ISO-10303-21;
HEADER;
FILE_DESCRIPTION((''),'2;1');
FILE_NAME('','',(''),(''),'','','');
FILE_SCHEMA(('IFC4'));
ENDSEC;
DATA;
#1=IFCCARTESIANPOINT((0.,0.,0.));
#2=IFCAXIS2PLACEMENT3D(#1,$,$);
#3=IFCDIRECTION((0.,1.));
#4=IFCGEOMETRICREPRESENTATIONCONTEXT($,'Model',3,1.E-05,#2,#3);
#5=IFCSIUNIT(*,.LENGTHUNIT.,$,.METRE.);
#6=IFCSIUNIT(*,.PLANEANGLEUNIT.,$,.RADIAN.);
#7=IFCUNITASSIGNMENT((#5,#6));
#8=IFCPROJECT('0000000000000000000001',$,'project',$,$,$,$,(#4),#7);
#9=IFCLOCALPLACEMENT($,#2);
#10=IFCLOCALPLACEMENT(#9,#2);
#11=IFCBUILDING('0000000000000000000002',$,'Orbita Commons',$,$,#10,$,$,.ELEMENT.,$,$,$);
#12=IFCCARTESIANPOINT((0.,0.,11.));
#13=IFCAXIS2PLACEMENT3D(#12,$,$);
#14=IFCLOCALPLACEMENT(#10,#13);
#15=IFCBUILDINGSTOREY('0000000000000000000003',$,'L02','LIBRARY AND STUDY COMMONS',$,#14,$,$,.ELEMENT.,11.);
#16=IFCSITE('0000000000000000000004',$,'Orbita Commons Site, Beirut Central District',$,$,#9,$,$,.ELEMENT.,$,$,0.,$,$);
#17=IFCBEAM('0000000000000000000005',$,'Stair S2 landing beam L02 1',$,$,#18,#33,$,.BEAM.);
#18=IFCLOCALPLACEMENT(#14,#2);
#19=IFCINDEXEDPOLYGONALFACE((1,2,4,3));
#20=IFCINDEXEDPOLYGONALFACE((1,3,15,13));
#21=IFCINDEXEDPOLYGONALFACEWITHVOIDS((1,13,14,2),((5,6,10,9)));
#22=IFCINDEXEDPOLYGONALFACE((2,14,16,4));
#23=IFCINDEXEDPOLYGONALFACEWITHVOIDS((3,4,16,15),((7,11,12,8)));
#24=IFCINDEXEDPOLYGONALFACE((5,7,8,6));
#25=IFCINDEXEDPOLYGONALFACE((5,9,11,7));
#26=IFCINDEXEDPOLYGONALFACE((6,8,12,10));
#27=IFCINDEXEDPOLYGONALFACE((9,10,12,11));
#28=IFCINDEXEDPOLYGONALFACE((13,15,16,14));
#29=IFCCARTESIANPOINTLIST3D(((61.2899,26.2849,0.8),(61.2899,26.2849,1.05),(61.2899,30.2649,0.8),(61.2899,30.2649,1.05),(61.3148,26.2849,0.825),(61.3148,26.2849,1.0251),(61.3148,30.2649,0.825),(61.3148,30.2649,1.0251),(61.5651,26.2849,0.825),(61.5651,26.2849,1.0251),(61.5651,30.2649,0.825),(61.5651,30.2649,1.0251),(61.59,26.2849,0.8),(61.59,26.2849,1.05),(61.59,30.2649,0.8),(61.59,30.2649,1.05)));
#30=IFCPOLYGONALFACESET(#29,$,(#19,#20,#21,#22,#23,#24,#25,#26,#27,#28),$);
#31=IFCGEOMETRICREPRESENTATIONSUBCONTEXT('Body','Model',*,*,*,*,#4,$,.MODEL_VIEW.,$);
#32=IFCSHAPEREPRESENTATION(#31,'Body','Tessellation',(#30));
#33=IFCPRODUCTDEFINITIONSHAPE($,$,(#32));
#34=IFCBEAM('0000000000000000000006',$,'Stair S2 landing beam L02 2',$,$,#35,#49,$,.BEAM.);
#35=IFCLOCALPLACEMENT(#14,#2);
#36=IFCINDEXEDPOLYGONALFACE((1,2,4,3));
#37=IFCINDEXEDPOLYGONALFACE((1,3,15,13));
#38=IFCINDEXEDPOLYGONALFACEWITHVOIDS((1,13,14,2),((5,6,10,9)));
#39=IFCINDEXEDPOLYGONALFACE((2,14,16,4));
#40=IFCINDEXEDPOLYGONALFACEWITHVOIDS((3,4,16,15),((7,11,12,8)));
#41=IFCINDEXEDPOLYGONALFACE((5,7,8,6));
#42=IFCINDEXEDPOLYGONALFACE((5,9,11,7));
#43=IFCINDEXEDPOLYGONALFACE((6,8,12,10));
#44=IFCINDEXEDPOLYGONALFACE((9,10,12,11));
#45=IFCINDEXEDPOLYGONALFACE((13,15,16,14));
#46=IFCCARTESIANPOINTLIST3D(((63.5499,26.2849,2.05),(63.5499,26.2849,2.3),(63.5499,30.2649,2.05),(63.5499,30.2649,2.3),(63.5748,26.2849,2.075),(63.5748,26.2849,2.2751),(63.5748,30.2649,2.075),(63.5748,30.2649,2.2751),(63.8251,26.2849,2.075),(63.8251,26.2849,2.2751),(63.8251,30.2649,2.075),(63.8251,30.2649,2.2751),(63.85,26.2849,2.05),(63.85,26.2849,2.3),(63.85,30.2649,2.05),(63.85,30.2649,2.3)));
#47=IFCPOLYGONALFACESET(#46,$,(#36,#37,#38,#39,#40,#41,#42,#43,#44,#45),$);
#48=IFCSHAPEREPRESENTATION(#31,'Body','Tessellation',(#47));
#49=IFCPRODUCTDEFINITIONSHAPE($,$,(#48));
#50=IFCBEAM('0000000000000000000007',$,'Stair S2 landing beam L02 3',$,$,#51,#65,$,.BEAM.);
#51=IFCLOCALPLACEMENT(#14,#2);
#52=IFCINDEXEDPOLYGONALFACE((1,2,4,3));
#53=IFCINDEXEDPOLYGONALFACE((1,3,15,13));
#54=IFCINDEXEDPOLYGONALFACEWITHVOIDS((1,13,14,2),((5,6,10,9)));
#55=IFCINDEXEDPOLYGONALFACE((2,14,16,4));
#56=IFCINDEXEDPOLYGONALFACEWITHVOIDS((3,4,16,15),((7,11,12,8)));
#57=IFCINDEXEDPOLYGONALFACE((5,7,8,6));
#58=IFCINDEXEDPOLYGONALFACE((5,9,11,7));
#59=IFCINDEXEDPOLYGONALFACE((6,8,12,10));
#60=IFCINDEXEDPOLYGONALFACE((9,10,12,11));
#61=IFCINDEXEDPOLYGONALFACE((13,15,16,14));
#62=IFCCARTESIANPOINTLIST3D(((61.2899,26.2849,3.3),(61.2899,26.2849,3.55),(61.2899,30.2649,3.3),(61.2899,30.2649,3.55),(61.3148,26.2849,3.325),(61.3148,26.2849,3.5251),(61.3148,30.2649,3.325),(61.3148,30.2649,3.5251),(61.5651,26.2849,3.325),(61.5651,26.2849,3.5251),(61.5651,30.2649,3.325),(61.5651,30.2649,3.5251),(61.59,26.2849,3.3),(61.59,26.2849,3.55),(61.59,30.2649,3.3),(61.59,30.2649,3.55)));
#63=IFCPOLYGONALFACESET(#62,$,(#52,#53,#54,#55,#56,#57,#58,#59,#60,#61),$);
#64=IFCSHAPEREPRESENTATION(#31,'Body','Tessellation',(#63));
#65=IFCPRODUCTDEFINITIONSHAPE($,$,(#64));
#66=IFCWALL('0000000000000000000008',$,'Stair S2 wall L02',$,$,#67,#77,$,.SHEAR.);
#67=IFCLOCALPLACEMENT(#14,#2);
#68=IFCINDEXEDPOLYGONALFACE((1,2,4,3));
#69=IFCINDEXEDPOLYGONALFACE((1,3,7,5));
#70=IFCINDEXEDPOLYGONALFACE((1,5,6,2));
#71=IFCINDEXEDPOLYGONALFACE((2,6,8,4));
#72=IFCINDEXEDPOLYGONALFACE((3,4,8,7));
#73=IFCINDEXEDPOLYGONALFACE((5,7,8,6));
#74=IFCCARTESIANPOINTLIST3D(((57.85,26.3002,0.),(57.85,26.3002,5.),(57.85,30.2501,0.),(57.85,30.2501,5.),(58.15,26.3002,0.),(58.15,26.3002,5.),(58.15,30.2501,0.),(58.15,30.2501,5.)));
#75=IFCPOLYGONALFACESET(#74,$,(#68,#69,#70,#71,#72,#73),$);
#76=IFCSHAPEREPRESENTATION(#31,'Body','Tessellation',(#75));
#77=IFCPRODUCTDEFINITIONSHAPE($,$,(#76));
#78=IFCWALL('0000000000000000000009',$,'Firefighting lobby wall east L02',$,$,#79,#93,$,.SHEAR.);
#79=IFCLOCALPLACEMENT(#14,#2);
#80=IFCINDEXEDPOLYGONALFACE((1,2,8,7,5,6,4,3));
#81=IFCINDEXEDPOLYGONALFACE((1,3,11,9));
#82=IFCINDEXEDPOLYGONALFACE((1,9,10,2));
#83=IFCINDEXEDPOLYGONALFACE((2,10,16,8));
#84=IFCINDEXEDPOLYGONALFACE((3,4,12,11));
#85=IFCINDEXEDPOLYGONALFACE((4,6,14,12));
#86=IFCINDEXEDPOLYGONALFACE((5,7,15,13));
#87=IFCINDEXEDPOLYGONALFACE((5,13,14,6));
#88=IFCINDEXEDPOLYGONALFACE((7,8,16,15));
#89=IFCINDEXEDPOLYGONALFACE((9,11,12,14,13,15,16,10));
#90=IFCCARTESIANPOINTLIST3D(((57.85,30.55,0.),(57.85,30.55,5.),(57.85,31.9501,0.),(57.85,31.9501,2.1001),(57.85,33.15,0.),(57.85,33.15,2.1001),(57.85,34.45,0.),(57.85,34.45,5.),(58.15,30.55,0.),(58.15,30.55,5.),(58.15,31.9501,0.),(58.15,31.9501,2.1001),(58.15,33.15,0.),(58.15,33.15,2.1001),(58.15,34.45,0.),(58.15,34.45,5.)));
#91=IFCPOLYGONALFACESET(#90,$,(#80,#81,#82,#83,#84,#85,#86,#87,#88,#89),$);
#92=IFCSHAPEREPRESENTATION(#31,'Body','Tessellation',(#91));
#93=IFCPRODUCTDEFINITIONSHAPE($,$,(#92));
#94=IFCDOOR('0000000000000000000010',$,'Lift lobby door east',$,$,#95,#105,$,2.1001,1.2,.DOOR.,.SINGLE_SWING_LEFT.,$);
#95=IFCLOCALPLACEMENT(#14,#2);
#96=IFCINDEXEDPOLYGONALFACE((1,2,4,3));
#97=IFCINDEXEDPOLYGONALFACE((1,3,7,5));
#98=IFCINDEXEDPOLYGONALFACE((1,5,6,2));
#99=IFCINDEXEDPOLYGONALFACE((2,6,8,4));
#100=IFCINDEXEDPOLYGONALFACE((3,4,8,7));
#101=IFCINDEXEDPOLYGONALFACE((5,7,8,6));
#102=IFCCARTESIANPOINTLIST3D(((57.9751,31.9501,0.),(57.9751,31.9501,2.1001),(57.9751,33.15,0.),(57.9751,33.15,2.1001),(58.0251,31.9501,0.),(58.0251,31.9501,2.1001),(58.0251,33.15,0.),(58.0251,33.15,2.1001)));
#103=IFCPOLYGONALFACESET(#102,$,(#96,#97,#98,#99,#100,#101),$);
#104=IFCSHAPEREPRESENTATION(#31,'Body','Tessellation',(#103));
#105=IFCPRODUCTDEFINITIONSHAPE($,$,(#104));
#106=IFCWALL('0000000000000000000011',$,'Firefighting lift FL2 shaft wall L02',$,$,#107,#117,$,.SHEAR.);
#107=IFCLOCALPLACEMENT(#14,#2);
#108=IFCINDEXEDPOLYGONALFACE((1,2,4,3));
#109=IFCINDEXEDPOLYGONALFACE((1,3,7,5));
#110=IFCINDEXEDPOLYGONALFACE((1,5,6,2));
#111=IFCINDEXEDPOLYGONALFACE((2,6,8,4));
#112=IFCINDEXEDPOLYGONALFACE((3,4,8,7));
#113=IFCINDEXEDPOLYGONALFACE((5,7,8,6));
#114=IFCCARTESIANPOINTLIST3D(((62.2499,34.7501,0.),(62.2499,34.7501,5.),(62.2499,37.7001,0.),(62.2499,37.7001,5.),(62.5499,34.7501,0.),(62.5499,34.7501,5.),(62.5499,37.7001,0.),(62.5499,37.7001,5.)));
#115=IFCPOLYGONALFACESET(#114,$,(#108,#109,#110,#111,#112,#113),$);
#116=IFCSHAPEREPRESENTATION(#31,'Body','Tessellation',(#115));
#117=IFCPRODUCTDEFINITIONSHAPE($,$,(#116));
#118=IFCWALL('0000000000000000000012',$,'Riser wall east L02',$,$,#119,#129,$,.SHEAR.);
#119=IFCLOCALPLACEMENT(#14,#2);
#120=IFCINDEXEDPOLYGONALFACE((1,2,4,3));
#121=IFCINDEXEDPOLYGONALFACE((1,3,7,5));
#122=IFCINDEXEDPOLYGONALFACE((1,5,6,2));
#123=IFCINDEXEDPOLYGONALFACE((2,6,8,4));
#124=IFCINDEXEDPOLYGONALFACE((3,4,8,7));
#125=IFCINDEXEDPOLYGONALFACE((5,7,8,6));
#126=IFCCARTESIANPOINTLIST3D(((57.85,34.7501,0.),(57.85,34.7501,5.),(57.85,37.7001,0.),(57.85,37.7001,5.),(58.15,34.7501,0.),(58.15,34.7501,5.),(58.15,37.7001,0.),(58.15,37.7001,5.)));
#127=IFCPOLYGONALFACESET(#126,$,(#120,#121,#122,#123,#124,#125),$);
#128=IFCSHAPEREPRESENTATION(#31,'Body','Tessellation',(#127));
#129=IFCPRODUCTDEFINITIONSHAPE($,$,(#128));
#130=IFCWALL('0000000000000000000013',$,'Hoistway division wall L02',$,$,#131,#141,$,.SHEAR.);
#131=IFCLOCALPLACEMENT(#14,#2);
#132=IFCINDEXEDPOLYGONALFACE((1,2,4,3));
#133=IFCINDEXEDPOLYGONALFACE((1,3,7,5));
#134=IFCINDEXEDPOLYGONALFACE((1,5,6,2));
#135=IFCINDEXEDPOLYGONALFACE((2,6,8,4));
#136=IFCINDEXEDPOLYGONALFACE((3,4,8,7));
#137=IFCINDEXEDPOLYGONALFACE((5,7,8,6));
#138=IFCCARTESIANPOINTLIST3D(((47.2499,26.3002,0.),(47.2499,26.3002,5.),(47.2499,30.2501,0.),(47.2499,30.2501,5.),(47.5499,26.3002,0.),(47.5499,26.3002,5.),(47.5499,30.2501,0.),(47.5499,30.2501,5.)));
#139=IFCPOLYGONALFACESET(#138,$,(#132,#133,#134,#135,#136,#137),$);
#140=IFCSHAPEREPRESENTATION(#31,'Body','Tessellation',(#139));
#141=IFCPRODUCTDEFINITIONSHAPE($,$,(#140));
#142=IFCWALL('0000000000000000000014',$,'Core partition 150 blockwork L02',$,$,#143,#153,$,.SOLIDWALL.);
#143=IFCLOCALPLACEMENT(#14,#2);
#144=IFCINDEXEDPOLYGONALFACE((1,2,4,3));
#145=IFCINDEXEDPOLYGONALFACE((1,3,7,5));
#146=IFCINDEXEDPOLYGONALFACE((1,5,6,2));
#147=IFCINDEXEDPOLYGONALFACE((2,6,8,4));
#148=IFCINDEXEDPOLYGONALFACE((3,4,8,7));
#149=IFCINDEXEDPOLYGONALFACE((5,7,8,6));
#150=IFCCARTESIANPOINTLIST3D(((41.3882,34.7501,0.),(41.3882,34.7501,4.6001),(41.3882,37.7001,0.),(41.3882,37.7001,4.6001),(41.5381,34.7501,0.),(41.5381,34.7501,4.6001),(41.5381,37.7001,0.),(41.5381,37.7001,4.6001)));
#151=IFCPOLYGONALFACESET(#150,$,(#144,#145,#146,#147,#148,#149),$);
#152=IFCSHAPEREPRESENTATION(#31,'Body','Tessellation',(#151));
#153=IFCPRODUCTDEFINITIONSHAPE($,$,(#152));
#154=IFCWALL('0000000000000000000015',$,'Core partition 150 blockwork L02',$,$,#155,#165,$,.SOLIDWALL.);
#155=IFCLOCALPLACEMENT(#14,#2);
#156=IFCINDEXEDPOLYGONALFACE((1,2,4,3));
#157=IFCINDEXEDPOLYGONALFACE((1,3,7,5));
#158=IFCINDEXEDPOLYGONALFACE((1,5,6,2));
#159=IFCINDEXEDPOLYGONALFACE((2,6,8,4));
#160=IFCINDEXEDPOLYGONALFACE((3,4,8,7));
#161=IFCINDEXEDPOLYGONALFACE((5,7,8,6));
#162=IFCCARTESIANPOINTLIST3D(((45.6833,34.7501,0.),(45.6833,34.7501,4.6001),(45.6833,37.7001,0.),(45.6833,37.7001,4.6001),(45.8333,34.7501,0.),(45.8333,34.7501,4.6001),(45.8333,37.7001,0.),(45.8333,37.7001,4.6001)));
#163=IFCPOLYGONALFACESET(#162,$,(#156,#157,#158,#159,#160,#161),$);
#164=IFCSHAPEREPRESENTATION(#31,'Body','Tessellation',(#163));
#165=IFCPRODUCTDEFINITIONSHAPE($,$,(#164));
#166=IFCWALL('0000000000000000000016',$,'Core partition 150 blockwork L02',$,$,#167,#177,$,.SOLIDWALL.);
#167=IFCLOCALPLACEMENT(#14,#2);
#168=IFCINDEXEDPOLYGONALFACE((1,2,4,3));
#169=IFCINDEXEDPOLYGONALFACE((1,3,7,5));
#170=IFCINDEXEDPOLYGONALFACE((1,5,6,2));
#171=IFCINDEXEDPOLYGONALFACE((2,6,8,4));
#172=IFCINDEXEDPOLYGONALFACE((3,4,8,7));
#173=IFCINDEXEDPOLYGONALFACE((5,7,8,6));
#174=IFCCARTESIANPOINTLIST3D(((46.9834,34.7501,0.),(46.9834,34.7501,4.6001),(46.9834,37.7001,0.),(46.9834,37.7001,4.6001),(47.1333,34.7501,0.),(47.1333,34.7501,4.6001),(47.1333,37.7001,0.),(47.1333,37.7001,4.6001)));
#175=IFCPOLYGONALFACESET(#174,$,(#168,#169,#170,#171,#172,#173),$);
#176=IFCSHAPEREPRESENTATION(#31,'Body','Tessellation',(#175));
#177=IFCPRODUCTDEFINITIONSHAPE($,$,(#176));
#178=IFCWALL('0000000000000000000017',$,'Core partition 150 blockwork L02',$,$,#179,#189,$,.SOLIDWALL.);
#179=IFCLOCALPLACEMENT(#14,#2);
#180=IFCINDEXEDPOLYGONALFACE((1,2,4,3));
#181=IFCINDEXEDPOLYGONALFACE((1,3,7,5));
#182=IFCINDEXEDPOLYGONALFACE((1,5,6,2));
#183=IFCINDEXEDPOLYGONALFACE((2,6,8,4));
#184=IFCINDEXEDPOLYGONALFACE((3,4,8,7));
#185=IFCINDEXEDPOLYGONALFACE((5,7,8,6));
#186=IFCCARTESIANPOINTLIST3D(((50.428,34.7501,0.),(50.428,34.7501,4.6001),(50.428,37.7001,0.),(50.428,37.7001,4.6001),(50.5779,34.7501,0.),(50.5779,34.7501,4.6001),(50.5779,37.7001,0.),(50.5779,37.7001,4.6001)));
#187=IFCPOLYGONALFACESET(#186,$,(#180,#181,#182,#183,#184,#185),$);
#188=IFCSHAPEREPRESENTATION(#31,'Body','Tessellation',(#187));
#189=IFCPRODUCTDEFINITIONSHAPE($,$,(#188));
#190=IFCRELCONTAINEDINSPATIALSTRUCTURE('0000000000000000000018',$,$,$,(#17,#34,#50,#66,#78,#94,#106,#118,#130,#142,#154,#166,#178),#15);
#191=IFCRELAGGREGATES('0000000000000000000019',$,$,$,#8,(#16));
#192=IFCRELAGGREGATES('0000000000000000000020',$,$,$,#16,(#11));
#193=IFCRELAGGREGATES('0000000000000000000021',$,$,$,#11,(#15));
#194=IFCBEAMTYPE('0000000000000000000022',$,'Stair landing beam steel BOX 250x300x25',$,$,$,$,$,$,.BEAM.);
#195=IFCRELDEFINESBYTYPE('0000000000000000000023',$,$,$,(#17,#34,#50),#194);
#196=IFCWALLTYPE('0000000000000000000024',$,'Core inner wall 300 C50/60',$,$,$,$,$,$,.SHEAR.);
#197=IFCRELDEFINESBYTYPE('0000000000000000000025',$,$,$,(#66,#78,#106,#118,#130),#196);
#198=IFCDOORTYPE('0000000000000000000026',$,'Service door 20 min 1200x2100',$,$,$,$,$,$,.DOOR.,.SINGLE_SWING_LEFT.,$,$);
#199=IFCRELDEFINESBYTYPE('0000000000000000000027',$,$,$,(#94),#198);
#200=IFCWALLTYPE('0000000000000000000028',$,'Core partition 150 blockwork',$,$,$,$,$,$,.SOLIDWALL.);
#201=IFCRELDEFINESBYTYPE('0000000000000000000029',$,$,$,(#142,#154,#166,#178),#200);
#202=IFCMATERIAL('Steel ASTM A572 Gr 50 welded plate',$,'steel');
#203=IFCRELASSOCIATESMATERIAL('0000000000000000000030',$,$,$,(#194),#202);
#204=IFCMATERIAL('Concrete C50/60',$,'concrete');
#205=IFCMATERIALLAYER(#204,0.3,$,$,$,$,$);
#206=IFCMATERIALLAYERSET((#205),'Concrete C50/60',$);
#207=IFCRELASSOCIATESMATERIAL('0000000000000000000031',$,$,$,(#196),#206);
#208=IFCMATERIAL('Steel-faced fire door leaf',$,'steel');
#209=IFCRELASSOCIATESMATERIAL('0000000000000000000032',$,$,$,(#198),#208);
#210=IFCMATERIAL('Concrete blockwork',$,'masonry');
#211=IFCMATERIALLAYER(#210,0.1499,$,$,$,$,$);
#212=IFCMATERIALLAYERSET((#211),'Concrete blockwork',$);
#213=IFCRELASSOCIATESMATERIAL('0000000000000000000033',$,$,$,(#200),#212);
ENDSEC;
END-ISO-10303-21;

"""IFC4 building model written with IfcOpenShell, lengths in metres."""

from ifc_helpers import new_model, si_unit, direction, frame, frame_2d, origin, origin_2d, place, context, subcontext, project, spatial, rectangle, hollow_rectangle, extrude, material, layer, layer_set, material_profile, profile_set, type_object, element, fill, save


model = new_model("IFC4")

# Units and contexts
model_context = context("Model", 3, precision=1e-05, world=origin(), true_north=direction((0.0, 1.0)))
body_context = subcontext(model_context, "Body", "Model", "MODEL_VIEW")
ifc_project = project(units=[si_unit("LENGTHUNIT", "METRE"), si_unit("PLANEANGLEUNIT", "RADIAN")], contexts=[model_context])

# Site, building, storey
site_placement = place(None, origin())
site = spatial("IfcSite", under=ifc_project, at=site_placement, Name="Orbita Commons Site, Beirut Central District", CompositionType="ELEMENT", RefElevation=0.0)
building_placement = place(site_placement, origin())
building = spatial("IfcBuilding", under=site, at=building_placement, Name="Orbita Commons", CompositionType="ELEMENT")
storey_placement = place(building_placement, frame((0.0, 0.0, 11.0)))
storey = spatial("IfcBuildingStorey", under=building, at=storey_placement, Name="L02", Description="LIBRARY AND STUDY COMMONS", CompositionType="ELEMENT", Elevation=11.0)

# Beams
ifc_material_1 = material(Name="Steel ASTM A572 Gr 50 welded plate", Category="steel")
ifc_material_profile = material_profile(ifc_material_1, hollow_rectangle(XDim=0.3, YDim=0.25, WallThickness=0.0249, at=origin_2d()), Name="BOX 250x300x25")
ifc_profile_set = profile_set([ifc_material_profile], Name="Steel ASTM A572 Gr 50 welded plate")
beam_type = type_object("IfcBeamType", Name="Stair landing beam steel BOX 250x300x25", PredefinedType="BEAM", material=ifc_profile_set)
for number, where, z_axis, x_axis, name in (
    (1, (61.4399, 26.2849, 0.925), (0.0, 1.0, 0.0), (-1.0, 0.0, 0.0), "Stair S2 landing beam L02 1"),
    (2, (63.7, 26.2849, 2.175), (0.0, 1.0, 0.0), (-1.0, 0.0, 0.0), "Stair S2 landing beam L02 2"),
    (3, (61.4399, 26.2849, 3.425), (0.0, 1.0, 0.0), (-1.0, 0.0, 0.0), "Stair S2 landing beam L02 3"),
):
    element("IfcBeam", number, at=place(storey_placement, frame(where, z_axis=z_axis, x_axis=x_axis)), inside=storey, type_object=beam_type, Name=name, PredefinedType="BEAM", context=body_context, shape_type="SweptSolid", body=[
        extrude(hollow_rectangle(XDim=0.3, YDim=0.25, WallThickness=0.0249, at=origin_2d()), origin(), (0.0, 0.0, 1.0), 3.98),
    ])

# Wall
ifc_material_2 = material(Name="Concrete C50/60", Category="concrete")
ifc_layer_1 = layer(ifc_material_2, 0.3)
ifc_layer_set_1 = layer_set([ifc_layer_1], Name="Concrete C50/60")
wall_type_1 = type_object("IfcWallType", Name="Core inner wall 300 C50/60", PredefinedType="SHEAR", material=ifc_layer_set_1)
wall_1_placement = place(storey_placement, frame((58.0, 26.3, 0.0), z_axis=(0.0, 0.0, 1.0), x_axis=(0.0, 1.0, 0.0)))
element("IfcWall", 4, at=wall_1_placement, inside=storey, type_object=wall_type_1, Name="Stair S2 wall L02", PredefinedType="SHEAR", context=body_context, shape_type="SweptSolid", body=[
    extrude(rectangle(XDim=3.95, YDim=0.3, at=frame_2d((1.9751, 0.0))), origin(), (0.0, 0.0, 1.0), 5.0),
])

# Wall, opening, door
wall_2_placement = place(storey_placement, frame((58.0, 30.55, 0.0), z_axis=(0.0, 0.0, 1.0), x_axis=(0.0, 1.0, 0.0)))
wall_2 = element("IfcWall", 5, at=wall_2_placement, inside=storey, type_object=wall_type_1, Name="Firefighting lobby wall east L02", PredefinedType="SHEAR", context=body_context, shape_type="SweptSolid", body=[
    extrude(rectangle(XDim=3.8999, YDim=0.3, at=frame_2d((1.95, 0.0))), origin(), (0.0, 0.0, 1.0), 5.0),
])
opening_1_placement = place(wall_2_placement, frame((1.3999, 0.0, 0.0)))
opening_1 = element("IfcOpeningElement", 6, at=opening_1_placement, cuts=wall_2, PredefinedType="OPENING", context=body_context, shape_type="SweptSolid", body=[
    extrude(rectangle(XDim=1.2, YDim=2.1001, at=frame_2d((0.6001, 1.05))), frame((0.0, 0.1599, 0.0), z_axis=(0.0, -1.0, 0.0), x_axis=(1.0, 0.0, 0.0)), (0.0, 0.0, 1.0), 0.3201),
])
ifc_material_3 = material(Name="Steel-faced fire door leaf", Category="steel")
door_type_1 = type_object("IfcDoorType", Name="Service door 20 min 1200x2100", OperationType="SINGLE_SWING_LEFT", PredefinedType="DOOR", material=ifc_material_3)
door_1_placement = place(opening_1_placement, origin())
door_1 = element("IfcDoor", 7, at=door_1_placement, inside=storey, type_object=door_type_1, Name="Lift lobby door east", OperationType="SINGLE_SWING_LEFT", OverallHeight=2.1001, OverallWidth=1.2, PredefinedType="DOOR", context=body_context, shape_type="SweptSolid", body=[
    extrude(rectangle(XDim=1.2, YDim=2.1001, at=frame_2d((0.6001, 1.05))), frame((0.0, 0.0249, 0.0), z_axis=(0.0, -1.0, 0.0), x_axis=(1.0, 0.0, 0.0)), (0.0, 0.0, 1.0), 0.05),
])
fill(opening_1, door_1)

# Walls
for number, where, z_axis, x_axis, name in (
    (8, (62.3999, 34.75, 0.0), (0.0, 0.0, 1.0), (0.0, 1.0, 0.0), "Firefighting lift FL2 shaft wall L02"),
    (9, (58.0, 34.75, 0.0), (0.0, 0.0, 1.0), (0.0, 1.0, 0.0), "Riser wall east L02"),
):
    element("IfcWall", number, at=place(storey_placement, frame(where, z_axis=z_axis, x_axis=x_axis)), inside=storey, type_object=wall_type_1, Name=name, PredefinedType="SHEAR", context=body_context, shape_type="SweptSolid", body=[
        extrude(rectangle(XDim=2.95, YDim=0.3, at=frame_2d((1.4751, 0.0))), origin(), (0.0, 0.0, 1.0), 5.0),
    ])
wall_3_placement = place(storey_placement, frame((47.3999, 26.3, 0.0), z_axis=(0.0, 0.0, 1.0), x_axis=(0.0, 1.0, 0.0)))
element("IfcWall", 10, at=wall_3_placement, inside=storey, type_object=wall_type_1, Name="Hoistway division wall L02", PredefinedType="SHEAR", context=body_context, shape_type="SweptSolid", body=[
    extrude(rectangle(XDim=3.95, YDim=0.3, at=frame_2d((1.9751, 0.0))), origin(), (0.0, 0.0, 1.0), 5.0),
])
ifc_material_4 = material(Name="Concrete blockwork", Category="masonry")
ifc_layer_2 = layer(ifc_material_4, 0.1499)
ifc_layer_set_2 = layer_set([ifc_layer_2], Name="Concrete blockwork")
wall_type_2 = type_object("IfcWallType", Name="Core partition 150 blockwork", PredefinedType="SOLIDWALL", material=ifc_layer_set_2)
for number, where, z_axis, x_axis, name in (
    (11, (41.4631, 34.75, 0.0), (0.0, 0.0, 1.0), (0.0, 1.0, 0.0), "Core partition 150 blockwork L02"),
    (12, (45.7583, 34.75, 0.0), (0.0, 0.0, 1.0), (0.0, 1.0, 0.0), "Core partition 150 blockwork L02"),
    (13, (47.0583, 34.75, 0.0), (0.0, 0.0, 1.0), (0.0, 1.0, 0.0), "Core partition 150 blockwork L02"),
    (14, (50.5029, 34.75, 0.0), (0.0, 0.0, 1.0), (0.0, 1.0, 0.0), "Core partition 150 blockwork L02"),
):
    element("IfcWall", number, at=place(storey_placement, frame(where, z_axis=z_axis, x_axis=x_axis)), inside=storey, type_object=wall_type_2, Name=name, PredefinedType="SOLIDWALL", context=body_context, shape_type="SweptSolid", body=[
        extrude(rectangle(XDim=2.95, YDim=0.1499, at=frame_2d((1.4751, 0.0))), origin(), (0.0, 0.0, 1.0), 4.6001),
    ])

save(model, "model.ifc")
